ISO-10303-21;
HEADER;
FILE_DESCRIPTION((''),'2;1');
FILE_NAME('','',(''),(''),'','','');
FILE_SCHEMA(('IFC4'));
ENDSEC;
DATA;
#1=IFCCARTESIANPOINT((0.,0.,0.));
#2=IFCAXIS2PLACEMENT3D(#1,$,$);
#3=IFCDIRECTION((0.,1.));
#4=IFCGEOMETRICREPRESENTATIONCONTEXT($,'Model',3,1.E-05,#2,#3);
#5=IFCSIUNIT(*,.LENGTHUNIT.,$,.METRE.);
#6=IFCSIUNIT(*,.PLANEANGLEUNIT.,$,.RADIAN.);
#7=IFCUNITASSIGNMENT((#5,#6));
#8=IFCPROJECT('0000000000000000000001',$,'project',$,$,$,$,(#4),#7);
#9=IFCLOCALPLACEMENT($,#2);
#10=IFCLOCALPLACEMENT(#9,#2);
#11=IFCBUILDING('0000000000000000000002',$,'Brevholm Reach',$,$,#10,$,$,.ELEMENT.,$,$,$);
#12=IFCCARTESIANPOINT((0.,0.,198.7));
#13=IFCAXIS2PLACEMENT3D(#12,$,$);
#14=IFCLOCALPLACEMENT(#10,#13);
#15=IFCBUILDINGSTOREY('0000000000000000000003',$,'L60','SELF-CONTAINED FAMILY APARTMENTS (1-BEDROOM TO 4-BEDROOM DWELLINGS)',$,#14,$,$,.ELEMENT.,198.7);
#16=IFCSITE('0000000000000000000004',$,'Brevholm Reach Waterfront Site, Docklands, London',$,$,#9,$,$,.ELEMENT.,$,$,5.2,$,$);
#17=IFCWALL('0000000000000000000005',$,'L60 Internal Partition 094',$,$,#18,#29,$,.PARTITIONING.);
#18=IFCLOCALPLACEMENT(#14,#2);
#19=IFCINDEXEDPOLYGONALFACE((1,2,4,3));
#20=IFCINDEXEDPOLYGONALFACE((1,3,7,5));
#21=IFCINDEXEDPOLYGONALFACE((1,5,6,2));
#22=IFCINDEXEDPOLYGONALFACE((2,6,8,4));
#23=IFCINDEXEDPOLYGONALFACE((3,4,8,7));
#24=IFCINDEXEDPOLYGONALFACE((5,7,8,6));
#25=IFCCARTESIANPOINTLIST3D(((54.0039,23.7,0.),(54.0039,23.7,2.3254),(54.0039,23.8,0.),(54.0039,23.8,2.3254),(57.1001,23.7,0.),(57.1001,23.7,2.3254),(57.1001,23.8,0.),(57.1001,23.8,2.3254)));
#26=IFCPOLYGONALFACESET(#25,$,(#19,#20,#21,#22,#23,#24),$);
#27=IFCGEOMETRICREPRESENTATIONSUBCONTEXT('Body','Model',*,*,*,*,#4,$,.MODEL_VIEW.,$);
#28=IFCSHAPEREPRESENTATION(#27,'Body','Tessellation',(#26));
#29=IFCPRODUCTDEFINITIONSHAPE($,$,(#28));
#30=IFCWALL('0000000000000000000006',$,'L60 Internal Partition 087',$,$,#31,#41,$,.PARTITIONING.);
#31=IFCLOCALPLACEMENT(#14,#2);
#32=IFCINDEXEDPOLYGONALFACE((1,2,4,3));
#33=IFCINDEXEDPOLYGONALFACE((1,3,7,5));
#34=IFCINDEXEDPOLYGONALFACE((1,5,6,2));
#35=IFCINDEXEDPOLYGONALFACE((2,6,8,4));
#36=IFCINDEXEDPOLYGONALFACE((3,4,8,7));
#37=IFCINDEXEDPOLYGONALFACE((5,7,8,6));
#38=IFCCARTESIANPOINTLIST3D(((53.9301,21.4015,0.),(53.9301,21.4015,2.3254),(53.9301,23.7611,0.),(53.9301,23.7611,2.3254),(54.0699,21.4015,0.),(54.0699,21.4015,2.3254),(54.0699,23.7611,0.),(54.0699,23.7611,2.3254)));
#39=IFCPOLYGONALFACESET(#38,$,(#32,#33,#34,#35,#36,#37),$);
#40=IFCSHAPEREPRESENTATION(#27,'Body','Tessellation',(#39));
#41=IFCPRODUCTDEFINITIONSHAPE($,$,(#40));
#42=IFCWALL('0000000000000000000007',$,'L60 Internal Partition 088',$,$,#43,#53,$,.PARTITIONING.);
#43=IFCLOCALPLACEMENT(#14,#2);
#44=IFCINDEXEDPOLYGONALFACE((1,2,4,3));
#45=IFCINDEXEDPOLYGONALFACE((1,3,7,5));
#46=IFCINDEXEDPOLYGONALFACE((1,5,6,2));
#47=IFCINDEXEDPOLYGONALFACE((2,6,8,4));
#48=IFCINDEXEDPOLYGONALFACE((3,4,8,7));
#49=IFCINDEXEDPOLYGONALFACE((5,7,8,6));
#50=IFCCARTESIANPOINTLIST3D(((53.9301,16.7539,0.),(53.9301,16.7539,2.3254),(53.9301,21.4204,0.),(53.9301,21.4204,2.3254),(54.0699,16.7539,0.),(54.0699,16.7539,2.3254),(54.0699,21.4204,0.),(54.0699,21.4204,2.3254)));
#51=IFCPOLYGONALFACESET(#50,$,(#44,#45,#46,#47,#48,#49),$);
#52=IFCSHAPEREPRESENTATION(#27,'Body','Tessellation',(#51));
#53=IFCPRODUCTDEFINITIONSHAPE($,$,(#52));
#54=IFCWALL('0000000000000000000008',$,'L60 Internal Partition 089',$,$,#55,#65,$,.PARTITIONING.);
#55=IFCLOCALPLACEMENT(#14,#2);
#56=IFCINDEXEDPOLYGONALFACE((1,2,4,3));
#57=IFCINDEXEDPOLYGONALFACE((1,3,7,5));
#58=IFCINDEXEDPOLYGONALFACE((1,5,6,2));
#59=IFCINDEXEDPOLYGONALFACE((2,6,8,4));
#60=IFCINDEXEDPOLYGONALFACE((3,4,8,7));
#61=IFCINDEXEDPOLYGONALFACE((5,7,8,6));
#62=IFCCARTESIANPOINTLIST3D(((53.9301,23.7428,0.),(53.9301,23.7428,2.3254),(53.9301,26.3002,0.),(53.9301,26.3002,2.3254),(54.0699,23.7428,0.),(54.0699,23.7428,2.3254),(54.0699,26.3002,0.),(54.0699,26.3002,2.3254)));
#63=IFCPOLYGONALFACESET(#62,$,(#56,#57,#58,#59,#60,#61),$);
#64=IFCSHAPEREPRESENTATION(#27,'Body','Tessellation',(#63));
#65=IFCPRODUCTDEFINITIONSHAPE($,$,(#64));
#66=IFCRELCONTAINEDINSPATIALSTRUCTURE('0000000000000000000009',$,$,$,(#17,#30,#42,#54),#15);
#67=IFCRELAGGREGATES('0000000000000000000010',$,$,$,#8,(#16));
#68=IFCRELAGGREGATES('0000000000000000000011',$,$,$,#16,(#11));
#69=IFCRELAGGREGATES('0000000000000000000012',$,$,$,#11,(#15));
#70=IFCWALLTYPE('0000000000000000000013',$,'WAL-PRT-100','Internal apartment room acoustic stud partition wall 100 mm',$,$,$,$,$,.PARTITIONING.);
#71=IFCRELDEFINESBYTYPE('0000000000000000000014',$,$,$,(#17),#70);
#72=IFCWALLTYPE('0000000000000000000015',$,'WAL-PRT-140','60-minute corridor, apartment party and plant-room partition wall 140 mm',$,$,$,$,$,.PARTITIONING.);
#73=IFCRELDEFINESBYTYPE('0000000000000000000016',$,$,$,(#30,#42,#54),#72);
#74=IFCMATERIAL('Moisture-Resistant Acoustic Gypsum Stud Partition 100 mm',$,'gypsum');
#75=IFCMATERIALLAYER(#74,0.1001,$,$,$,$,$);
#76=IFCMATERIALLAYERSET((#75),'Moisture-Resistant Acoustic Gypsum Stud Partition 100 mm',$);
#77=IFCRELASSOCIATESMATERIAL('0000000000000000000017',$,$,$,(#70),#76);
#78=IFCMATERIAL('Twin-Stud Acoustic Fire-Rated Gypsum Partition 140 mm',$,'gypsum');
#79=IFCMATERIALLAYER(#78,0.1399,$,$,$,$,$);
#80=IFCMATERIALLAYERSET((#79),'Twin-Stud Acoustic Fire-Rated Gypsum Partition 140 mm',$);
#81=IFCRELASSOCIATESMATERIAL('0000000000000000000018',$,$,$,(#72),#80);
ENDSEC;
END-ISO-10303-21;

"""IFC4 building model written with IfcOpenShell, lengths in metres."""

from ifc_helpers import new_model, si_unit, direction, frame, frame_2d, origin, place, context, subcontext, project, spatial, rectangle, extrude, material, layer, layer_set, type_object, element, save


model = new_model("IFC4")

# Units and contexts
model_context = context("Model", 3, precision=1e-05, world=origin(), true_north=direction((0.0, 1.0)))
body_context = subcontext(model_context, "Body", "Model", "MODEL_VIEW")
ifc_project = project(units=[si_unit("LENGTHUNIT", "METRE"), si_unit("PLANEANGLEUNIT", "RADIAN")], contexts=[model_context])

# Site, building, storey
site_placement = place(None, origin())
site = spatial("IfcSite", under=ifc_project, at=site_placement, Name="Brevholm Reach Waterfront Site, Docklands, London", CompositionType="ELEMENT", RefElevation=5.2)
building_placement = place(site_placement, origin())
building = spatial("IfcBuilding", under=site, at=building_placement, Name="Brevholm Reach", CompositionType="ELEMENT")
storey_placement = place(building_placement, frame((0.0, 0.0, 198.7)))
storey = spatial("IfcBuildingStorey", under=building, at=storey_placement, Name="L60", Description="SELF-CONTAINED FAMILY APARTMENTS (1-BEDROOM TO 4-BEDROOM DWELLINGS)", CompositionType="ELEMENT", Elevation=198.7)

# Shared definitions
ifc_material_1 = material(Name="Moisture-Resistant Acoustic Gypsum Stud Partition 100 mm", Category="gypsum")
ifc_layer_1 = layer(ifc_material_1, 0.1001)
ifc_layer_set_1 = layer_set([ifc_layer_1], Name="Moisture-Resistant Acoustic Gypsum Stud Partition 100 mm")
wall_type_1 = type_object("IfcWallType", Name="WAL-PRT-100", Description="Internal apartment room acoustic stud partition wall 100 mm", PredefinedType="PARTITIONING", material=ifc_layer_set_1)

# Walls
wall_1_placement = place(storey_placement, frame((54.0039, 23.75, 0.0), z_axis=(0.0, 0.0, 1.0), x_axis=(1.0, 0.0, 0.0)))
element("IfcWall", 1, at=wall_1_placement, inside=storey, type_object=wall_type_1, Name="L60 Internal Partition 094", PredefinedType="PARTITIONING", context=body_context, shape_type="SweptSolid", body=[
    extrude(rectangle(XDim=3.0962, YDim=0.1001, at=frame_2d((1.5481, 0.0))), origin(), (0.0, 0.0, 1.0), 2.3254),
])
ifc_material_2 = material(Name="Twin-Stud Acoustic Fire-Rated Gypsum Partition 140 mm", Category="gypsum")
ifc_layer_2 = layer(ifc_material_2, 0.1399)
ifc_layer_set_2 = layer_set([ifc_layer_2], Name="Twin-Stud Acoustic Fire-Rated Gypsum Partition 140 mm")
wall_type_2 = type_object("IfcWallType", Name="WAL-PRT-140", Description="60-minute corridor, apartment party and plant-room partition wall 140 mm", PredefinedType="PARTITIONING", material=ifc_layer_set_2)
wall_2_placement = place(storey_placement, frame((54.0, 21.4016, 0.0), z_axis=(0.0, 0.0, 1.0), x_axis=(0.0, 1.0, 0.0)))
element("IfcWall", 2, at=wall_2_placement, inside=storey, type_object=wall_type_2, Name="L60 Internal Partition 087", PredefinedType="PARTITIONING", context=body_context, shape_type="SweptSolid", body=[
    extrude(rectangle(XDim=2.3596, YDim=0.1399, at=frame_2d((1.1797, 0.0))), origin(), (0.0, 0.0, 1.0), 2.3254),
])
wall_3_placement = place(storey_placement, frame((54.0, 16.7539, 0.0), z_axis=(0.0, 0.0, 1.0), x_axis=(0.0, 1.0, 0.0)))
element("IfcWall", 3, at=wall_3_placement, inside=storey, type_object=wall_type_2, Name="L60 Internal Partition 088", PredefinedType="PARTITIONING", context=body_context, shape_type="SweptSolid", body=[
    extrude(rectangle(XDim=4.6665, YDim=0.1399, at=frame_2d((2.3333, 0.0))), origin(), (0.0, 0.0, 1.0), 2.3254),
])
wall_4_placement = place(storey_placement, frame((54.0, 23.7427, 0.0), z_axis=(0.0, 0.0, 1.0), x_axis=(0.0, 1.0, 0.0)))
element("IfcWall", 4, at=wall_4_placement, inside=storey, type_object=wall_type_2, Name="L60 Internal Partition 089", PredefinedType="PARTITIONING", context=body_context, shape_type="SweptSolid", body=[
    extrude(rectangle(XDim=2.5574, YDim=0.1399, at=frame_2d((1.2788, 0.0))), origin(), (0.0, 0.0, 1.0), 2.3254),
])

save(model, "model.ifc")
